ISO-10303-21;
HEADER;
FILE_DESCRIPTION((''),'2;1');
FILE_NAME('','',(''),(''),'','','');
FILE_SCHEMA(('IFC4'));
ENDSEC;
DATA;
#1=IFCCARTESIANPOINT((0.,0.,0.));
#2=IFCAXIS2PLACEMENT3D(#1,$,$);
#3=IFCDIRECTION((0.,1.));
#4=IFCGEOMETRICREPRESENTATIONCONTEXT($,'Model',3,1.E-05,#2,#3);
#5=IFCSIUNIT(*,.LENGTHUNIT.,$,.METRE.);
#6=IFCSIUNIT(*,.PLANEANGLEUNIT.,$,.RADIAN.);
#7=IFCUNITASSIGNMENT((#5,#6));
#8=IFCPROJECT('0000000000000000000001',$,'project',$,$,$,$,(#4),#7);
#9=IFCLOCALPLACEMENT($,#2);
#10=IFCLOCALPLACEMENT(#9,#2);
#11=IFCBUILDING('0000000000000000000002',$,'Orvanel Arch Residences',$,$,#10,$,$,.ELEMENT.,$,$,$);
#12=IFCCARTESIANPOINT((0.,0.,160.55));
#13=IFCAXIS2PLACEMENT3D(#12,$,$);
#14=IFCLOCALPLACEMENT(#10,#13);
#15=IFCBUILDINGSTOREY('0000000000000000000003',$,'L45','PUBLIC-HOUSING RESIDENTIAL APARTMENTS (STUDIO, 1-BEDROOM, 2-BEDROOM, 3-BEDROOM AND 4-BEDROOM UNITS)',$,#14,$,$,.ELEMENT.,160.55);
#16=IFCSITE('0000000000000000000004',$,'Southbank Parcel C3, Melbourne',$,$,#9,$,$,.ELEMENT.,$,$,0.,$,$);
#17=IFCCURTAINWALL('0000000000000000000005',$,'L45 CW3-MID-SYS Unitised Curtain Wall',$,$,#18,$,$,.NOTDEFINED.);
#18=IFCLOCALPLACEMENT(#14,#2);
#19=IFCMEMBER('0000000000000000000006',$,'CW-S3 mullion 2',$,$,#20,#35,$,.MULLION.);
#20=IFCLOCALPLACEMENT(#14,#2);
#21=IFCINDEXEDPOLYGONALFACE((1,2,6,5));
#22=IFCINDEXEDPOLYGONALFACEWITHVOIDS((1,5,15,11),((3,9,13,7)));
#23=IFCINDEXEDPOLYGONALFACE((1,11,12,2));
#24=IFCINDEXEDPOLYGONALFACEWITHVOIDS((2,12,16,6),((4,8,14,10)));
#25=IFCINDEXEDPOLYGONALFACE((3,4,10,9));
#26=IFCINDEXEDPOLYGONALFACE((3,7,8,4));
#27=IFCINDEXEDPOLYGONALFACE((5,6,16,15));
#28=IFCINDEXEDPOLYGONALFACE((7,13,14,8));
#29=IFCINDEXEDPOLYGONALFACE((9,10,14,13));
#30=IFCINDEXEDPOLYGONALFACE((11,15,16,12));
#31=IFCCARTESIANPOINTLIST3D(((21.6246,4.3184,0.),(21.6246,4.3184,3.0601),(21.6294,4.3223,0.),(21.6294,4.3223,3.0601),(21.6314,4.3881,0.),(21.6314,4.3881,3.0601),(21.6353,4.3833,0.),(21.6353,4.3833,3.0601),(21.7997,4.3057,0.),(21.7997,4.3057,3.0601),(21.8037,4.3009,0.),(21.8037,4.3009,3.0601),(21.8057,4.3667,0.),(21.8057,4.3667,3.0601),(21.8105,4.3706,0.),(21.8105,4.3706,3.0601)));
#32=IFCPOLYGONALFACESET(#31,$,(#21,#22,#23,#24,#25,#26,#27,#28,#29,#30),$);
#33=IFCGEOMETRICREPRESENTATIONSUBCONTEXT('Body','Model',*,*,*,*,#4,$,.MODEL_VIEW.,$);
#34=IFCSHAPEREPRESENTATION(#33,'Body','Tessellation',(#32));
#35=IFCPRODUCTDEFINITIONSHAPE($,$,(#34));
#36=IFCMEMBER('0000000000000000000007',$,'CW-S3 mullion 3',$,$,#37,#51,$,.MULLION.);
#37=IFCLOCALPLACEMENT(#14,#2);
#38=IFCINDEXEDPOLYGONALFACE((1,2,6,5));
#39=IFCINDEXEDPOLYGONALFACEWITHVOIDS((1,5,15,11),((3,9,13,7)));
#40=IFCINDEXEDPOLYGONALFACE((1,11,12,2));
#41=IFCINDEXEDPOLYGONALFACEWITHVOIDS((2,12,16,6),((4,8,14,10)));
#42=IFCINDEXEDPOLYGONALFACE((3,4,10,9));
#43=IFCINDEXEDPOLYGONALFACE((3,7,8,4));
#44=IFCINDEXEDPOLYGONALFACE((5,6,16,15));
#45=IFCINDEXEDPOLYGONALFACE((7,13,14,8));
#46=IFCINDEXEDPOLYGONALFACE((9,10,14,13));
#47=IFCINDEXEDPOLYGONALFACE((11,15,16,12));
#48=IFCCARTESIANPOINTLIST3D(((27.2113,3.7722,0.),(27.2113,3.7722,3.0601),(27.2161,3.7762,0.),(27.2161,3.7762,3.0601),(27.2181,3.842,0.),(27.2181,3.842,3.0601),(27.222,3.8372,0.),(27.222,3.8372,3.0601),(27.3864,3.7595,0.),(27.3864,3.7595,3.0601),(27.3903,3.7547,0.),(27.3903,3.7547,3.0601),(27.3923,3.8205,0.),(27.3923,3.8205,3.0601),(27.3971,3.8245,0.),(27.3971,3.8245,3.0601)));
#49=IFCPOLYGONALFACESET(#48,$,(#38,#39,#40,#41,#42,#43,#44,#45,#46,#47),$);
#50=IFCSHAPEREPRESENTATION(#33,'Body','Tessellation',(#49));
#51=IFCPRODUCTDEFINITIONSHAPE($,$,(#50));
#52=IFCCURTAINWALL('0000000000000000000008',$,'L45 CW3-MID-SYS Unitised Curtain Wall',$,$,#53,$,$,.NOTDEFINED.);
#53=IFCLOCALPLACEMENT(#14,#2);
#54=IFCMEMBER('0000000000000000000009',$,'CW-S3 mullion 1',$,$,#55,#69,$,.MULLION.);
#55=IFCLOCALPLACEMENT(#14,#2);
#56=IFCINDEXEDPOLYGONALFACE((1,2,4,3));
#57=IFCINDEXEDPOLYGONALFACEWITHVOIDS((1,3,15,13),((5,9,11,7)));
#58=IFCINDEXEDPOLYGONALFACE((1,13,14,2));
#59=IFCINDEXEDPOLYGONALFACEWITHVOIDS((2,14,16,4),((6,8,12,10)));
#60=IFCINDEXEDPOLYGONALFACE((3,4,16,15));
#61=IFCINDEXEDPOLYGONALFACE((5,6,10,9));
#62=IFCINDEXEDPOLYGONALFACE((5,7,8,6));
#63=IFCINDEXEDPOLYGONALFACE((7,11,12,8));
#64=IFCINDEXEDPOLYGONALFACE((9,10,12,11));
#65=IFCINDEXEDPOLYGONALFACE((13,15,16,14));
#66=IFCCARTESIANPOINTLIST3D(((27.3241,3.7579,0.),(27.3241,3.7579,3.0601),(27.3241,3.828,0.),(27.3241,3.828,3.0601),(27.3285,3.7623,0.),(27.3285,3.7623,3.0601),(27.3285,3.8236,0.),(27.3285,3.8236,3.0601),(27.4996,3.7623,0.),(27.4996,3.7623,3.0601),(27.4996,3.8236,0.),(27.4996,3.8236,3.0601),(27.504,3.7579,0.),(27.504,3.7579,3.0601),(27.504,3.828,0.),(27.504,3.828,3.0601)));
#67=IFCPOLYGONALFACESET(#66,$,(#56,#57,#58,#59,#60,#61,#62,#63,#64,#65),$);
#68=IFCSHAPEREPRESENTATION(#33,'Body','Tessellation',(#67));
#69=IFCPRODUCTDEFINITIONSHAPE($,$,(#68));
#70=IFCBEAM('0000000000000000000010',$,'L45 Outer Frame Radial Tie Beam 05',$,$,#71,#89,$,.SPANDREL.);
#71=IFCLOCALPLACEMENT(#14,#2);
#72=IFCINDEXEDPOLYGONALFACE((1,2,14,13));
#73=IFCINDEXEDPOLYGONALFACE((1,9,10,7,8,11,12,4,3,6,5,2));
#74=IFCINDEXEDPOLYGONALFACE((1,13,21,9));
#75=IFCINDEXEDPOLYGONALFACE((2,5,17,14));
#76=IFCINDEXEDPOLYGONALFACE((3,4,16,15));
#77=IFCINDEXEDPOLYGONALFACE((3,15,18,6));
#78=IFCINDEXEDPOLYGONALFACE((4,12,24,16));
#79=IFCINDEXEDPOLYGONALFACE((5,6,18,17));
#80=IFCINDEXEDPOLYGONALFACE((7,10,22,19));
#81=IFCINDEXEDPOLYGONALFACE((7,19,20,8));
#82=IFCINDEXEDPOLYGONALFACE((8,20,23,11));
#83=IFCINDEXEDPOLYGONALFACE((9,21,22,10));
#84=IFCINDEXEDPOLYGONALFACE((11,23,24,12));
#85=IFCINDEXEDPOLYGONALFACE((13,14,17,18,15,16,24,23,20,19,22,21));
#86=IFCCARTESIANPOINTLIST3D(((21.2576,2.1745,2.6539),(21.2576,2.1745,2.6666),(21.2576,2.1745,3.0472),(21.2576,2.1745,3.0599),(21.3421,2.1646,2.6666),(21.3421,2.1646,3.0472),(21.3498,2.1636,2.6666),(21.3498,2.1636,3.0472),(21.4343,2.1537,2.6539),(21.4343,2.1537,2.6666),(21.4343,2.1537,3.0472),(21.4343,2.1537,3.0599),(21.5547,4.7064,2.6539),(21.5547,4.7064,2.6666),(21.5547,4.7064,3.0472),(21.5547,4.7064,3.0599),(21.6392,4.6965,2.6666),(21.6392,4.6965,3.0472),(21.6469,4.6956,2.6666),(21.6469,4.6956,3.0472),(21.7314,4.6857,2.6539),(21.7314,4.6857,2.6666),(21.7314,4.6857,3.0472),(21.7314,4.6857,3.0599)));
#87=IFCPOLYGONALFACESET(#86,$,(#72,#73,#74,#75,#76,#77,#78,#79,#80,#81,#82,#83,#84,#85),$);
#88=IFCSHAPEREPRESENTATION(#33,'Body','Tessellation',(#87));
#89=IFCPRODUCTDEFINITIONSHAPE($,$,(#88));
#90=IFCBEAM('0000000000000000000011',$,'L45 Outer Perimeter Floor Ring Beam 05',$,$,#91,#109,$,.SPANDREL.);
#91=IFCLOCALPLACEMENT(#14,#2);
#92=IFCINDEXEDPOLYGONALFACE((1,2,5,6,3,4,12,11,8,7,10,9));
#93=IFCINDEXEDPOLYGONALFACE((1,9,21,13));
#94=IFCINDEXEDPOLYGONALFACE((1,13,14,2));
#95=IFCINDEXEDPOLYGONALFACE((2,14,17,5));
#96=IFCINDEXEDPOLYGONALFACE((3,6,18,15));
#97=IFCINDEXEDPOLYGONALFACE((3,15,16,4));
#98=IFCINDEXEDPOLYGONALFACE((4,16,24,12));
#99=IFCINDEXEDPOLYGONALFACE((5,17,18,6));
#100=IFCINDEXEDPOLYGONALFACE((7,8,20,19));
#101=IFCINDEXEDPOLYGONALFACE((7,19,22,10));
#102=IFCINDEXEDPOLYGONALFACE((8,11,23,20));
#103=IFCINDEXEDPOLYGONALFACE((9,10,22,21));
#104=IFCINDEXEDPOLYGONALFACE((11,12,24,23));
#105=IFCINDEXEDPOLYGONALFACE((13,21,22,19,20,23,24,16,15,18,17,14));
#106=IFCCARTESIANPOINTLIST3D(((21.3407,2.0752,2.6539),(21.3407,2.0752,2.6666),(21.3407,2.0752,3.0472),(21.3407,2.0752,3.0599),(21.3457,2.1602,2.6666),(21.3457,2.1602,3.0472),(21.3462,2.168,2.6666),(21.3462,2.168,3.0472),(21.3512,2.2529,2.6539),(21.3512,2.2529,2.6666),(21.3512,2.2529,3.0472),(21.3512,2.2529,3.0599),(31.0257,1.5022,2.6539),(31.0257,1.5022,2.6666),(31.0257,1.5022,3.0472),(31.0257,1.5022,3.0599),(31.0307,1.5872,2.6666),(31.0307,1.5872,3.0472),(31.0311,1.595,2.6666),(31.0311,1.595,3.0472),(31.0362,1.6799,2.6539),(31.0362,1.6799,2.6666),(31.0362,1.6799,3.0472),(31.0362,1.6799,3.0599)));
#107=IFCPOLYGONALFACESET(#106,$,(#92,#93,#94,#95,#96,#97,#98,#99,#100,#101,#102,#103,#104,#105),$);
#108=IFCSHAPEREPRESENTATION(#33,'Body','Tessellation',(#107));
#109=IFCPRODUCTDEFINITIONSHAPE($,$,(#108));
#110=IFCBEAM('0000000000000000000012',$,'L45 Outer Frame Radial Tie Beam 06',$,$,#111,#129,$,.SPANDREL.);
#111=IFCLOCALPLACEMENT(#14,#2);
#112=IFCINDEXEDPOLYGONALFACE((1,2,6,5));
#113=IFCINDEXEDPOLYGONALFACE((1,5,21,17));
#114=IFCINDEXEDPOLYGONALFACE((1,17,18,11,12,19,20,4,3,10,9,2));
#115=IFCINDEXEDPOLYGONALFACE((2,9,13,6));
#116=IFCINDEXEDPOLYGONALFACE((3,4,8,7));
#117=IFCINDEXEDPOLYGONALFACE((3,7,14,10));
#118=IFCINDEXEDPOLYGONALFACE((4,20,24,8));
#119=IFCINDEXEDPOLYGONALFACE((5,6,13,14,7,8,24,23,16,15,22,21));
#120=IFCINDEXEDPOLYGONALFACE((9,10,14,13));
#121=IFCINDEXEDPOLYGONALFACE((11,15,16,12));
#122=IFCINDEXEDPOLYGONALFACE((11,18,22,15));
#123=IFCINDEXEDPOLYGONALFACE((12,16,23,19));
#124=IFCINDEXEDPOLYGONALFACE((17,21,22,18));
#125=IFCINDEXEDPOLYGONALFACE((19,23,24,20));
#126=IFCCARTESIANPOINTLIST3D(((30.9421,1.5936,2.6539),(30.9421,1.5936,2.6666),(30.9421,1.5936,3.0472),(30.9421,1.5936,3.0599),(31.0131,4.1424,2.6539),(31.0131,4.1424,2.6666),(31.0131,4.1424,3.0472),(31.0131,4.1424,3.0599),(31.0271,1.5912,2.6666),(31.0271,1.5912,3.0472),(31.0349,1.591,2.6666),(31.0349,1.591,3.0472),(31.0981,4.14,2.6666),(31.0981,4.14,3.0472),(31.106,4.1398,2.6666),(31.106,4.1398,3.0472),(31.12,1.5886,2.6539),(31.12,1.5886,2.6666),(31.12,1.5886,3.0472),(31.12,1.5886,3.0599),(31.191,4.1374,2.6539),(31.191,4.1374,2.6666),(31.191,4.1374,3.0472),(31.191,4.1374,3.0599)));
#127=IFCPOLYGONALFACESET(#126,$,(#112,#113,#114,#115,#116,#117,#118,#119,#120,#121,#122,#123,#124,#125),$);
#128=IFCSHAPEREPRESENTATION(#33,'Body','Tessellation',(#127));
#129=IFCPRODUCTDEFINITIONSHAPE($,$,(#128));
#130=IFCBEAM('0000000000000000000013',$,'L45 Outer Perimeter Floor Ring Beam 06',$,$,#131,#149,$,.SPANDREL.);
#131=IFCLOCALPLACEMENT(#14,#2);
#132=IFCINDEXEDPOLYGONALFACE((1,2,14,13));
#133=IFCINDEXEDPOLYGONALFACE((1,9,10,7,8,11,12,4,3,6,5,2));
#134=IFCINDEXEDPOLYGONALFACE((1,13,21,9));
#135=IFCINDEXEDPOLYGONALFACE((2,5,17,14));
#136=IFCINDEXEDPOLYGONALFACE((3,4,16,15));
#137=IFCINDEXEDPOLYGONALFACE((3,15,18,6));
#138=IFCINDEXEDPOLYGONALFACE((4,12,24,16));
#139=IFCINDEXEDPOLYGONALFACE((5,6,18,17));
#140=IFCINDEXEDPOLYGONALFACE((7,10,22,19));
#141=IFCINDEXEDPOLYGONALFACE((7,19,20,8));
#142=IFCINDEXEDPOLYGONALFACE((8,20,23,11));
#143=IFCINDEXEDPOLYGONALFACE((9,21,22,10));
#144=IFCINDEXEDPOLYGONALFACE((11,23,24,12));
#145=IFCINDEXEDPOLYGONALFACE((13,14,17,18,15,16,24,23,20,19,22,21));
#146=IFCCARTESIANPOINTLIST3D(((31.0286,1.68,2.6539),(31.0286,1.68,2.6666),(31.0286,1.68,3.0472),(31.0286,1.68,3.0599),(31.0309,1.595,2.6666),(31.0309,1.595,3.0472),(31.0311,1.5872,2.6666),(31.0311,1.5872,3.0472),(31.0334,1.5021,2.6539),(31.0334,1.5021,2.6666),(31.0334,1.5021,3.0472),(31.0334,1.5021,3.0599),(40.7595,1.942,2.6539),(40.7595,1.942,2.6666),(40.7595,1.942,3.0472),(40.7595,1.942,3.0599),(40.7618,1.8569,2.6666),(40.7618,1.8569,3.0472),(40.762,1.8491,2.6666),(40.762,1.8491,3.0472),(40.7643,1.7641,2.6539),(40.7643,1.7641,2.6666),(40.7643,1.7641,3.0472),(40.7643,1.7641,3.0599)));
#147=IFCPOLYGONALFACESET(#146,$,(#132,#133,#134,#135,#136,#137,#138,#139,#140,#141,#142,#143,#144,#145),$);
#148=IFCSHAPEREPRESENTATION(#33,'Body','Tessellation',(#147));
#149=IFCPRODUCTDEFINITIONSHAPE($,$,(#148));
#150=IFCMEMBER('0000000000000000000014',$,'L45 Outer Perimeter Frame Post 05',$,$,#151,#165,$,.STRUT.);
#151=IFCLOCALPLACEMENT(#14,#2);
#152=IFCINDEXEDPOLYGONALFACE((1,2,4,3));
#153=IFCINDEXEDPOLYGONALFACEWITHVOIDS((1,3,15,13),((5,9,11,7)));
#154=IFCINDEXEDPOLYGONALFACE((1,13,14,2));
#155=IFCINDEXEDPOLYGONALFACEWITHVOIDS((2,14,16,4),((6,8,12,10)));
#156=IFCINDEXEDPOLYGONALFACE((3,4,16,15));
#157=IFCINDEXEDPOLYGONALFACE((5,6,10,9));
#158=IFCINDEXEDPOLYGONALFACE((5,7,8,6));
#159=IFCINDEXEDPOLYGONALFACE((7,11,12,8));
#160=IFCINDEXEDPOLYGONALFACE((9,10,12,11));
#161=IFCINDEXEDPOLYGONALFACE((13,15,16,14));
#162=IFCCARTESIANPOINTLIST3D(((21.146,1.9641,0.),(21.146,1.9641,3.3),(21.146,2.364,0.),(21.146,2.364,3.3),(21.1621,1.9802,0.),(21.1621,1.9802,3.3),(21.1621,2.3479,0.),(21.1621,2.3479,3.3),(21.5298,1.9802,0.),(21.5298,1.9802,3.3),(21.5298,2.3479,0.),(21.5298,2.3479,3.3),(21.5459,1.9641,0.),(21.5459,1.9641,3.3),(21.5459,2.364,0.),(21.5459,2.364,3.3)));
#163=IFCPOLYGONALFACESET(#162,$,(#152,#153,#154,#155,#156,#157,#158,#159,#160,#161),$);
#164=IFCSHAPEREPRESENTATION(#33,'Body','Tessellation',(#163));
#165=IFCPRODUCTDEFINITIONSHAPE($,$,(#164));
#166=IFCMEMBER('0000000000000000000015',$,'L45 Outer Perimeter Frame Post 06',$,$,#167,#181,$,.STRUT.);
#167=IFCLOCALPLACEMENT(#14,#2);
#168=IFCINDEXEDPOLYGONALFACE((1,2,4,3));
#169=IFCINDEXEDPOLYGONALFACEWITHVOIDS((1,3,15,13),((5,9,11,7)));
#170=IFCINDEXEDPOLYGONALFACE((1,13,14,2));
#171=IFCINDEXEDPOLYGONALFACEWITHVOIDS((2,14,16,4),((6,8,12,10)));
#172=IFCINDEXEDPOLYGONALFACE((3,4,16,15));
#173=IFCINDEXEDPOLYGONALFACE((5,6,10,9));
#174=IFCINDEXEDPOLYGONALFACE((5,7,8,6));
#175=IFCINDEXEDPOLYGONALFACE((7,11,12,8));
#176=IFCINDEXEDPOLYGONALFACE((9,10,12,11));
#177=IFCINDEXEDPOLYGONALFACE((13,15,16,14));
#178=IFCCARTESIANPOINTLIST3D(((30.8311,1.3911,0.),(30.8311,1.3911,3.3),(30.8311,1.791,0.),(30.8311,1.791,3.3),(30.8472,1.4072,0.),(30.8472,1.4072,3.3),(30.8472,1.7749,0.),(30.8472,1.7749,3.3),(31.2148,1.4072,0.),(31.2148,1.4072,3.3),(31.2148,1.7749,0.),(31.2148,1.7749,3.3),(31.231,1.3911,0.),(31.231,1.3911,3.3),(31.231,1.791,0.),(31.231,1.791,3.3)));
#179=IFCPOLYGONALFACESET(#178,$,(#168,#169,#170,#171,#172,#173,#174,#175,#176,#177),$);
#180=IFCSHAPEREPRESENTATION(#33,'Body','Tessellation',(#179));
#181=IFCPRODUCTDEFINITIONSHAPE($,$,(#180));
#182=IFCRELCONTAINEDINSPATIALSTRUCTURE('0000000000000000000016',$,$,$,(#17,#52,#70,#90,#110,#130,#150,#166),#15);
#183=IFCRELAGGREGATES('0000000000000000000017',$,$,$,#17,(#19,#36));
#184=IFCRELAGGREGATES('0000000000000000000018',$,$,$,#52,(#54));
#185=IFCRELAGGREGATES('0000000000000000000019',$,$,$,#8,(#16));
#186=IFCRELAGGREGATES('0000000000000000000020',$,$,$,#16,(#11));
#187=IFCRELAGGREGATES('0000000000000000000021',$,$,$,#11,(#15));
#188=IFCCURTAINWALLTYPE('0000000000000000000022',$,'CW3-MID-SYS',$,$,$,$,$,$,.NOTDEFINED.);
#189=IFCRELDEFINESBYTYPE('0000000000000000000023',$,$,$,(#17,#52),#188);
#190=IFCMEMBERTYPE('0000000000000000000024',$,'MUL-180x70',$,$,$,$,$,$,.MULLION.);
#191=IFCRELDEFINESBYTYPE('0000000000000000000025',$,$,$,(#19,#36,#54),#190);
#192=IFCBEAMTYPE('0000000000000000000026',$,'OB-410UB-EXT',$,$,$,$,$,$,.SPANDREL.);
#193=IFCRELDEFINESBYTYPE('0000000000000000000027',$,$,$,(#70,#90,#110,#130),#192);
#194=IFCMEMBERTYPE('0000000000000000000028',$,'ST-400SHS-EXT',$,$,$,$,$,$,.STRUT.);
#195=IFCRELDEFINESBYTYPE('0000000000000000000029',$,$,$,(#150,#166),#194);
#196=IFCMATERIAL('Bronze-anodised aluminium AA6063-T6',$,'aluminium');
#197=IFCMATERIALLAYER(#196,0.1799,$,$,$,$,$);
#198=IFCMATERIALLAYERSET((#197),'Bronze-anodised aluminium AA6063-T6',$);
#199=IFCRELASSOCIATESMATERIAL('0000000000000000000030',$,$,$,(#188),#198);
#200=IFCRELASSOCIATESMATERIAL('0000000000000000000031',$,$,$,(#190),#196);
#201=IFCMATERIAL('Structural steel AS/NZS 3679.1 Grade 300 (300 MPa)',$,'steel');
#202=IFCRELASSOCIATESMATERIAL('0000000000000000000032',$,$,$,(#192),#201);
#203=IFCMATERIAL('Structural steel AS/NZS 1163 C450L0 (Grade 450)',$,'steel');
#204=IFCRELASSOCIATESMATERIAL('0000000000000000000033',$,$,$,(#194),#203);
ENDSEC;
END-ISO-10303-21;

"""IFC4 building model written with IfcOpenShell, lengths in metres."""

from ifc_helpers import new_model, si_unit, direction, frame, origin, origin_2d, place, context, subcontext, project, spatial, hollow_rectangle, i_section, extrude, material, layer, layer_set, material_profile, profile_set, type_object, element, aggregate, save


model = new_model("IFC4")

# Units and contexts
model_context = context("Model", 3, precision=1e-05, world=origin(), true_north=direction((0.0, 1.0)))
body_context = subcontext(model_context, "Body", "Model", "MODEL_VIEW")
ifc_project = project(units=[si_unit("LENGTHUNIT", "METRE"), si_unit("PLANEANGLEUNIT", "RADIAN")], contexts=[model_context])

# Site, building, storey
site_placement = place(None, origin())
site = spatial("IfcSite", under=ifc_project, at=site_placement, Name="Southbank Parcel C3, Melbourne", CompositionType="ELEMENT", RefElevation=0.0)
building_placement = place(site_placement, origin())
building = spatial("IfcBuilding", under=site, at=building_placement, Name="Orvanel Arch Residences", CompositionType="ELEMENT")
storey_placement = place(building_placement, frame((0.0, 0.0, 160.55)))
storey = spatial("IfcBuildingStorey", under=building, at=storey_placement, Name="L45", Description="PUBLIC-HOUSING RESIDENTIAL APARTMENTS (STUDIO, 1-BEDROOM, 2-BEDROOM, 3-BEDROOM AND 4-BEDROOM UNITS)", CompositionType="ELEMENT", Elevation=160.55)

# Curtain wall, members
ifc_material_1 = material(Name="Bronze-anodised aluminium AA6063-T6", Category="aluminium")
ifc_layer_1 = layer(ifc_material_1, 0.1799)
ifc_layer_set_1 = layer_set([ifc_layer_1], Name="Bronze-anodised aluminium AA6063-T6")
curtain_wall_type = type_object("IfcCurtainWallType", Name="CW3-MID-SYS", PredefinedType="NOTDEFINED", material=ifc_layer_set_1)
curtain_wall_1_placement = place(storey_placement, origin())
curtain_wall_1 = element("IfcCurtainWall", 1, at=curtain_wall_1_placement, inside=storey, type_object=curtain_wall_type, Name="L45 CW3-MID-SYS Unitised Curtain Wall", PredefinedType="NOTDEFINED")
ifc_material_profile_1 = material_profile(ifc_material_1, hollow_rectangle(XDim=0.0701, YDim=0.1799, WallThickness=0.0044, at=origin_2d()), Name="ALU180x70x4.5")
ifc_profile_set_1 = profile_set([ifc_material_profile_1], Name="Bronze-anodised aluminium AA6063-T6")
member_type_1 = type_object("IfcMemberType", Name="MUL-180x70", PredefinedType="MULLION", material=ifc_profile_set_1)
member_1_placement = place(storey_placement, frame((21.7175, 4.3445, 0.0), z_axis=(0.0, 0.0, 1.0), x_axis=(0.097286, 0.995256, 0.0)))
member_1 = element("IfcMember", 2, at=member_1_placement, type_object=member_type_1, Name="CW-S3 mullion 2", PredefinedType="MULLION", context=body_context, shape_type="SweptSolid", body=[
    extrude(hollow_rectangle(XDim=0.0701, YDim=0.1799, WallThickness=0.0044, at=origin_2d()), origin(), (0.0, 0.0, 1.0), 3.0601),
])
member_2_placement = place(storey_placement, frame((27.3042, 3.7983, 0.0), z_axis=(0.0, 0.0, 1.0), x_axis=(0.097286, 0.995256, 0.0)))
member_2 = element("IfcMember", 3, at=member_2_placement, type_object=member_type_1, Name="CW-S3 mullion 3", PredefinedType="MULLION", context=body_context, shape_type="SweptSolid", body=[
    extrude(hollow_rectangle(XDim=0.0701, YDim=0.1799, WallThickness=0.0044, at=origin_2d()), origin(), (0.0, 0.0, 1.0), 3.0601),
])

# Curtain wall, member
curtain_wall_2_placement = place(storey_placement, origin())
curtain_wall_2 = element("IfcCurtainWall", 4, at=curtain_wall_2_placement, inside=storey, type_object=curtain_wall_type, Name="L45 CW3-MID-SYS Unitised Curtain Wall", PredefinedType="NOTDEFINED")
member_3_placement = place(storey_placement, frame((27.4141, 3.793, 0.0), z_axis=(0.0, 0.0, 1.0), x_axis=(0.0, 1.0, 0.0)))
member_3 = element("IfcMember", 5, at=member_3_placement, type_object=member_type_1, Name="CW-S3 mullion 1", PredefinedType="MULLION", context=body_context, shape_type="SweptSolid", body=[
    extrude(hollow_rectangle(XDim=0.0701, YDim=0.1799, WallThickness=0.0044, at=origin_2d()), origin(), (0.0, 0.0, 1.0), 3.0601),
])

# Beams
ifc_material_2 = material(Name="Structural steel AS/NZS 3679.1 Grade 300 (300 MPa)", Category="steel")
ifc_material_profile_2 = material_profile(ifc_material_2, i_section(OverallWidth=0.178, OverallDepth=0.406, WebThickness=0.0078, FlangeThickness=0.0127, at=origin_2d()), Name="410UB59.7")
ifc_profile_set_2 = profile_set([ifc_material_profile_2], Name="Structural steel AS/NZS 3679.1 Grade 300 (300 MPa)")
beam_type = type_object("IfcBeamType", Name="OB-410UB-EXT", PredefinedType="SPANDREL", material=ifc_profile_set_2)
beam_1_placement = place(storey_placement, frame((21.6431, 4.696, 2.8569), z_axis=(-0.116547, -0.993185, 0.0), x_axis=(0.993185, -0.116547, 0.0)))
element("IfcBeam", 6, at=beam_1_placement, inside=storey, type_object=beam_type, Name="L45 Outer Frame Radial Tie Beam 05", PredefinedType="SPANDREL", context=body_context, shape_type="SweptSolid", body=[
    extrude(i_section(OverallWidth=0.178, OverallDepth=0.406, WebThickness=0.0078, FlangeThickness=0.0127, at=origin_2d()), origin(), (0.0, 0.0, 1.0), 2.5493),
])
beam_2_placement = place(storey_placement, frame((21.3459, 2.1641, 2.8569), z_axis=(0.998254, -0.05906, 0.0), x_axis=(0.05906, 0.998254, 0.0)))
element("IfcBeam", 7, at=beam_2_placement, inside=storey, type_object=beam_type, Name="L45 Outer Perimeter Floor Ring Beam 05", PredefinedType="SPANDREL", context=body_context, shape_type="SweptSolid", body=[
    extrude(i_section(OverallWidth=0.178, OverallDepth=0.406, WebThickness=0.0078, FlangeThickness=0.0127, at=origin_2d()), origin(), (0.0, 0.0, 1.0), 9.7019),
])
beam_3_placement = place(storey_placement, frame((31.1021, 4.1399, 2.8569), z_axis=(-0.027863, -0.999612, 0.0), x_axis=(0.999612, -0.027863, 0.0)))
element("IfcBeam", 8, at=beam_3_placement, inside=storey, type_object=beam_type, Name="L45 Outer Frame Radial Tie Beam 06", PredefinedType="SPANDREL", context=body_context, shape_type="SweptSolid", body=[
    extrude(i_section(OverallWidth=0.178, OverallDepth=0.406, WebThickness=0.0078, FlangeThickness=0.0127, at=origin_2d()), origin(), (0.0, 0.0, 1.0), 2.5498),
])
beam_4_placement = place(storey_placement, frame((31.031, 1.5911, 2.8569), z_axis=(0.999638, 0.026911, 0.0), x_axis=(-0.026911, 0.999638, 0.0)))
element("IfcBeam", 9, at=beam_4_placement, inside=storey, type_object=beam_type, Name="L45 Outer Perimeter Floor Ring Beam 06", PredefinedType="SPANDREL", context=body_context, shape_type="SweptSolid", body=[
    extrude(i_section(OverallWidth=0.178, OverallDepth=0.406, WebThickness=0.0078, FlangeThickness=0.0127, at=origin_2d()), origin(), (0.0, 0.0, 1.0), 9.7344),
])

# Members
ifc_material_3 = material(Name="Structural steel AS/NZS 1163 C450L0 (Grade 450)", Category="steel")
ifc_material_profile_3 = material_profile(ifc_material_3, hollow_rectangle(XDim=0.3999, YDim=0.3999, WallThickness=0.0161, at=origin_2d()), Name="SHS400x400x16")
ifc_profile_set_3 = profile_set([ifc_material_profile_3], Name="Structural steel AS/NZS 1163 C450L0 (Grade 450)")
member_type_2 = type_object("IfcMemberType", Name="ST-400SHS-EXT", PredefinedType="STRUT", material=ifc_profile_set_3)
for number, where, z_axis, x_axis, name in (
    (10, (21.3459, 2.1641, 0.0), (0.0, 0.0, 1.0), (1.0, 0.0, 0.0), "L45 Outer Perimeter Frame Post 05"),
    (11, (31.031, 1.5911, 0.0), (0.0, 0.0, 1.0), (1.0, 0.0, 0.0), "L45 Outer Perimeter Frame Post 06"),
):
    element("IfcMember", number, at=place(storey_placement, frame(where, z_axis=z_axis, x_axis=x_axis)), inside=storey, type_object=member_type_2, Name=name, PredefinedType="STRUT", context=body_context, shape_type="SweptSolid", body=[
        extrude(hollow_rectangle(XDim=0.3999, YDim=0.3999, WallThickness=0.0161, at=origin_2d()), origin(), (0.0, 0.0, 1.0), 3.3),
    ])

aggregate(curtain_wall_1, [member_1, member_2])
aggregate(curtain_wall_2, [member_3])

save(model, "model.ifc")
